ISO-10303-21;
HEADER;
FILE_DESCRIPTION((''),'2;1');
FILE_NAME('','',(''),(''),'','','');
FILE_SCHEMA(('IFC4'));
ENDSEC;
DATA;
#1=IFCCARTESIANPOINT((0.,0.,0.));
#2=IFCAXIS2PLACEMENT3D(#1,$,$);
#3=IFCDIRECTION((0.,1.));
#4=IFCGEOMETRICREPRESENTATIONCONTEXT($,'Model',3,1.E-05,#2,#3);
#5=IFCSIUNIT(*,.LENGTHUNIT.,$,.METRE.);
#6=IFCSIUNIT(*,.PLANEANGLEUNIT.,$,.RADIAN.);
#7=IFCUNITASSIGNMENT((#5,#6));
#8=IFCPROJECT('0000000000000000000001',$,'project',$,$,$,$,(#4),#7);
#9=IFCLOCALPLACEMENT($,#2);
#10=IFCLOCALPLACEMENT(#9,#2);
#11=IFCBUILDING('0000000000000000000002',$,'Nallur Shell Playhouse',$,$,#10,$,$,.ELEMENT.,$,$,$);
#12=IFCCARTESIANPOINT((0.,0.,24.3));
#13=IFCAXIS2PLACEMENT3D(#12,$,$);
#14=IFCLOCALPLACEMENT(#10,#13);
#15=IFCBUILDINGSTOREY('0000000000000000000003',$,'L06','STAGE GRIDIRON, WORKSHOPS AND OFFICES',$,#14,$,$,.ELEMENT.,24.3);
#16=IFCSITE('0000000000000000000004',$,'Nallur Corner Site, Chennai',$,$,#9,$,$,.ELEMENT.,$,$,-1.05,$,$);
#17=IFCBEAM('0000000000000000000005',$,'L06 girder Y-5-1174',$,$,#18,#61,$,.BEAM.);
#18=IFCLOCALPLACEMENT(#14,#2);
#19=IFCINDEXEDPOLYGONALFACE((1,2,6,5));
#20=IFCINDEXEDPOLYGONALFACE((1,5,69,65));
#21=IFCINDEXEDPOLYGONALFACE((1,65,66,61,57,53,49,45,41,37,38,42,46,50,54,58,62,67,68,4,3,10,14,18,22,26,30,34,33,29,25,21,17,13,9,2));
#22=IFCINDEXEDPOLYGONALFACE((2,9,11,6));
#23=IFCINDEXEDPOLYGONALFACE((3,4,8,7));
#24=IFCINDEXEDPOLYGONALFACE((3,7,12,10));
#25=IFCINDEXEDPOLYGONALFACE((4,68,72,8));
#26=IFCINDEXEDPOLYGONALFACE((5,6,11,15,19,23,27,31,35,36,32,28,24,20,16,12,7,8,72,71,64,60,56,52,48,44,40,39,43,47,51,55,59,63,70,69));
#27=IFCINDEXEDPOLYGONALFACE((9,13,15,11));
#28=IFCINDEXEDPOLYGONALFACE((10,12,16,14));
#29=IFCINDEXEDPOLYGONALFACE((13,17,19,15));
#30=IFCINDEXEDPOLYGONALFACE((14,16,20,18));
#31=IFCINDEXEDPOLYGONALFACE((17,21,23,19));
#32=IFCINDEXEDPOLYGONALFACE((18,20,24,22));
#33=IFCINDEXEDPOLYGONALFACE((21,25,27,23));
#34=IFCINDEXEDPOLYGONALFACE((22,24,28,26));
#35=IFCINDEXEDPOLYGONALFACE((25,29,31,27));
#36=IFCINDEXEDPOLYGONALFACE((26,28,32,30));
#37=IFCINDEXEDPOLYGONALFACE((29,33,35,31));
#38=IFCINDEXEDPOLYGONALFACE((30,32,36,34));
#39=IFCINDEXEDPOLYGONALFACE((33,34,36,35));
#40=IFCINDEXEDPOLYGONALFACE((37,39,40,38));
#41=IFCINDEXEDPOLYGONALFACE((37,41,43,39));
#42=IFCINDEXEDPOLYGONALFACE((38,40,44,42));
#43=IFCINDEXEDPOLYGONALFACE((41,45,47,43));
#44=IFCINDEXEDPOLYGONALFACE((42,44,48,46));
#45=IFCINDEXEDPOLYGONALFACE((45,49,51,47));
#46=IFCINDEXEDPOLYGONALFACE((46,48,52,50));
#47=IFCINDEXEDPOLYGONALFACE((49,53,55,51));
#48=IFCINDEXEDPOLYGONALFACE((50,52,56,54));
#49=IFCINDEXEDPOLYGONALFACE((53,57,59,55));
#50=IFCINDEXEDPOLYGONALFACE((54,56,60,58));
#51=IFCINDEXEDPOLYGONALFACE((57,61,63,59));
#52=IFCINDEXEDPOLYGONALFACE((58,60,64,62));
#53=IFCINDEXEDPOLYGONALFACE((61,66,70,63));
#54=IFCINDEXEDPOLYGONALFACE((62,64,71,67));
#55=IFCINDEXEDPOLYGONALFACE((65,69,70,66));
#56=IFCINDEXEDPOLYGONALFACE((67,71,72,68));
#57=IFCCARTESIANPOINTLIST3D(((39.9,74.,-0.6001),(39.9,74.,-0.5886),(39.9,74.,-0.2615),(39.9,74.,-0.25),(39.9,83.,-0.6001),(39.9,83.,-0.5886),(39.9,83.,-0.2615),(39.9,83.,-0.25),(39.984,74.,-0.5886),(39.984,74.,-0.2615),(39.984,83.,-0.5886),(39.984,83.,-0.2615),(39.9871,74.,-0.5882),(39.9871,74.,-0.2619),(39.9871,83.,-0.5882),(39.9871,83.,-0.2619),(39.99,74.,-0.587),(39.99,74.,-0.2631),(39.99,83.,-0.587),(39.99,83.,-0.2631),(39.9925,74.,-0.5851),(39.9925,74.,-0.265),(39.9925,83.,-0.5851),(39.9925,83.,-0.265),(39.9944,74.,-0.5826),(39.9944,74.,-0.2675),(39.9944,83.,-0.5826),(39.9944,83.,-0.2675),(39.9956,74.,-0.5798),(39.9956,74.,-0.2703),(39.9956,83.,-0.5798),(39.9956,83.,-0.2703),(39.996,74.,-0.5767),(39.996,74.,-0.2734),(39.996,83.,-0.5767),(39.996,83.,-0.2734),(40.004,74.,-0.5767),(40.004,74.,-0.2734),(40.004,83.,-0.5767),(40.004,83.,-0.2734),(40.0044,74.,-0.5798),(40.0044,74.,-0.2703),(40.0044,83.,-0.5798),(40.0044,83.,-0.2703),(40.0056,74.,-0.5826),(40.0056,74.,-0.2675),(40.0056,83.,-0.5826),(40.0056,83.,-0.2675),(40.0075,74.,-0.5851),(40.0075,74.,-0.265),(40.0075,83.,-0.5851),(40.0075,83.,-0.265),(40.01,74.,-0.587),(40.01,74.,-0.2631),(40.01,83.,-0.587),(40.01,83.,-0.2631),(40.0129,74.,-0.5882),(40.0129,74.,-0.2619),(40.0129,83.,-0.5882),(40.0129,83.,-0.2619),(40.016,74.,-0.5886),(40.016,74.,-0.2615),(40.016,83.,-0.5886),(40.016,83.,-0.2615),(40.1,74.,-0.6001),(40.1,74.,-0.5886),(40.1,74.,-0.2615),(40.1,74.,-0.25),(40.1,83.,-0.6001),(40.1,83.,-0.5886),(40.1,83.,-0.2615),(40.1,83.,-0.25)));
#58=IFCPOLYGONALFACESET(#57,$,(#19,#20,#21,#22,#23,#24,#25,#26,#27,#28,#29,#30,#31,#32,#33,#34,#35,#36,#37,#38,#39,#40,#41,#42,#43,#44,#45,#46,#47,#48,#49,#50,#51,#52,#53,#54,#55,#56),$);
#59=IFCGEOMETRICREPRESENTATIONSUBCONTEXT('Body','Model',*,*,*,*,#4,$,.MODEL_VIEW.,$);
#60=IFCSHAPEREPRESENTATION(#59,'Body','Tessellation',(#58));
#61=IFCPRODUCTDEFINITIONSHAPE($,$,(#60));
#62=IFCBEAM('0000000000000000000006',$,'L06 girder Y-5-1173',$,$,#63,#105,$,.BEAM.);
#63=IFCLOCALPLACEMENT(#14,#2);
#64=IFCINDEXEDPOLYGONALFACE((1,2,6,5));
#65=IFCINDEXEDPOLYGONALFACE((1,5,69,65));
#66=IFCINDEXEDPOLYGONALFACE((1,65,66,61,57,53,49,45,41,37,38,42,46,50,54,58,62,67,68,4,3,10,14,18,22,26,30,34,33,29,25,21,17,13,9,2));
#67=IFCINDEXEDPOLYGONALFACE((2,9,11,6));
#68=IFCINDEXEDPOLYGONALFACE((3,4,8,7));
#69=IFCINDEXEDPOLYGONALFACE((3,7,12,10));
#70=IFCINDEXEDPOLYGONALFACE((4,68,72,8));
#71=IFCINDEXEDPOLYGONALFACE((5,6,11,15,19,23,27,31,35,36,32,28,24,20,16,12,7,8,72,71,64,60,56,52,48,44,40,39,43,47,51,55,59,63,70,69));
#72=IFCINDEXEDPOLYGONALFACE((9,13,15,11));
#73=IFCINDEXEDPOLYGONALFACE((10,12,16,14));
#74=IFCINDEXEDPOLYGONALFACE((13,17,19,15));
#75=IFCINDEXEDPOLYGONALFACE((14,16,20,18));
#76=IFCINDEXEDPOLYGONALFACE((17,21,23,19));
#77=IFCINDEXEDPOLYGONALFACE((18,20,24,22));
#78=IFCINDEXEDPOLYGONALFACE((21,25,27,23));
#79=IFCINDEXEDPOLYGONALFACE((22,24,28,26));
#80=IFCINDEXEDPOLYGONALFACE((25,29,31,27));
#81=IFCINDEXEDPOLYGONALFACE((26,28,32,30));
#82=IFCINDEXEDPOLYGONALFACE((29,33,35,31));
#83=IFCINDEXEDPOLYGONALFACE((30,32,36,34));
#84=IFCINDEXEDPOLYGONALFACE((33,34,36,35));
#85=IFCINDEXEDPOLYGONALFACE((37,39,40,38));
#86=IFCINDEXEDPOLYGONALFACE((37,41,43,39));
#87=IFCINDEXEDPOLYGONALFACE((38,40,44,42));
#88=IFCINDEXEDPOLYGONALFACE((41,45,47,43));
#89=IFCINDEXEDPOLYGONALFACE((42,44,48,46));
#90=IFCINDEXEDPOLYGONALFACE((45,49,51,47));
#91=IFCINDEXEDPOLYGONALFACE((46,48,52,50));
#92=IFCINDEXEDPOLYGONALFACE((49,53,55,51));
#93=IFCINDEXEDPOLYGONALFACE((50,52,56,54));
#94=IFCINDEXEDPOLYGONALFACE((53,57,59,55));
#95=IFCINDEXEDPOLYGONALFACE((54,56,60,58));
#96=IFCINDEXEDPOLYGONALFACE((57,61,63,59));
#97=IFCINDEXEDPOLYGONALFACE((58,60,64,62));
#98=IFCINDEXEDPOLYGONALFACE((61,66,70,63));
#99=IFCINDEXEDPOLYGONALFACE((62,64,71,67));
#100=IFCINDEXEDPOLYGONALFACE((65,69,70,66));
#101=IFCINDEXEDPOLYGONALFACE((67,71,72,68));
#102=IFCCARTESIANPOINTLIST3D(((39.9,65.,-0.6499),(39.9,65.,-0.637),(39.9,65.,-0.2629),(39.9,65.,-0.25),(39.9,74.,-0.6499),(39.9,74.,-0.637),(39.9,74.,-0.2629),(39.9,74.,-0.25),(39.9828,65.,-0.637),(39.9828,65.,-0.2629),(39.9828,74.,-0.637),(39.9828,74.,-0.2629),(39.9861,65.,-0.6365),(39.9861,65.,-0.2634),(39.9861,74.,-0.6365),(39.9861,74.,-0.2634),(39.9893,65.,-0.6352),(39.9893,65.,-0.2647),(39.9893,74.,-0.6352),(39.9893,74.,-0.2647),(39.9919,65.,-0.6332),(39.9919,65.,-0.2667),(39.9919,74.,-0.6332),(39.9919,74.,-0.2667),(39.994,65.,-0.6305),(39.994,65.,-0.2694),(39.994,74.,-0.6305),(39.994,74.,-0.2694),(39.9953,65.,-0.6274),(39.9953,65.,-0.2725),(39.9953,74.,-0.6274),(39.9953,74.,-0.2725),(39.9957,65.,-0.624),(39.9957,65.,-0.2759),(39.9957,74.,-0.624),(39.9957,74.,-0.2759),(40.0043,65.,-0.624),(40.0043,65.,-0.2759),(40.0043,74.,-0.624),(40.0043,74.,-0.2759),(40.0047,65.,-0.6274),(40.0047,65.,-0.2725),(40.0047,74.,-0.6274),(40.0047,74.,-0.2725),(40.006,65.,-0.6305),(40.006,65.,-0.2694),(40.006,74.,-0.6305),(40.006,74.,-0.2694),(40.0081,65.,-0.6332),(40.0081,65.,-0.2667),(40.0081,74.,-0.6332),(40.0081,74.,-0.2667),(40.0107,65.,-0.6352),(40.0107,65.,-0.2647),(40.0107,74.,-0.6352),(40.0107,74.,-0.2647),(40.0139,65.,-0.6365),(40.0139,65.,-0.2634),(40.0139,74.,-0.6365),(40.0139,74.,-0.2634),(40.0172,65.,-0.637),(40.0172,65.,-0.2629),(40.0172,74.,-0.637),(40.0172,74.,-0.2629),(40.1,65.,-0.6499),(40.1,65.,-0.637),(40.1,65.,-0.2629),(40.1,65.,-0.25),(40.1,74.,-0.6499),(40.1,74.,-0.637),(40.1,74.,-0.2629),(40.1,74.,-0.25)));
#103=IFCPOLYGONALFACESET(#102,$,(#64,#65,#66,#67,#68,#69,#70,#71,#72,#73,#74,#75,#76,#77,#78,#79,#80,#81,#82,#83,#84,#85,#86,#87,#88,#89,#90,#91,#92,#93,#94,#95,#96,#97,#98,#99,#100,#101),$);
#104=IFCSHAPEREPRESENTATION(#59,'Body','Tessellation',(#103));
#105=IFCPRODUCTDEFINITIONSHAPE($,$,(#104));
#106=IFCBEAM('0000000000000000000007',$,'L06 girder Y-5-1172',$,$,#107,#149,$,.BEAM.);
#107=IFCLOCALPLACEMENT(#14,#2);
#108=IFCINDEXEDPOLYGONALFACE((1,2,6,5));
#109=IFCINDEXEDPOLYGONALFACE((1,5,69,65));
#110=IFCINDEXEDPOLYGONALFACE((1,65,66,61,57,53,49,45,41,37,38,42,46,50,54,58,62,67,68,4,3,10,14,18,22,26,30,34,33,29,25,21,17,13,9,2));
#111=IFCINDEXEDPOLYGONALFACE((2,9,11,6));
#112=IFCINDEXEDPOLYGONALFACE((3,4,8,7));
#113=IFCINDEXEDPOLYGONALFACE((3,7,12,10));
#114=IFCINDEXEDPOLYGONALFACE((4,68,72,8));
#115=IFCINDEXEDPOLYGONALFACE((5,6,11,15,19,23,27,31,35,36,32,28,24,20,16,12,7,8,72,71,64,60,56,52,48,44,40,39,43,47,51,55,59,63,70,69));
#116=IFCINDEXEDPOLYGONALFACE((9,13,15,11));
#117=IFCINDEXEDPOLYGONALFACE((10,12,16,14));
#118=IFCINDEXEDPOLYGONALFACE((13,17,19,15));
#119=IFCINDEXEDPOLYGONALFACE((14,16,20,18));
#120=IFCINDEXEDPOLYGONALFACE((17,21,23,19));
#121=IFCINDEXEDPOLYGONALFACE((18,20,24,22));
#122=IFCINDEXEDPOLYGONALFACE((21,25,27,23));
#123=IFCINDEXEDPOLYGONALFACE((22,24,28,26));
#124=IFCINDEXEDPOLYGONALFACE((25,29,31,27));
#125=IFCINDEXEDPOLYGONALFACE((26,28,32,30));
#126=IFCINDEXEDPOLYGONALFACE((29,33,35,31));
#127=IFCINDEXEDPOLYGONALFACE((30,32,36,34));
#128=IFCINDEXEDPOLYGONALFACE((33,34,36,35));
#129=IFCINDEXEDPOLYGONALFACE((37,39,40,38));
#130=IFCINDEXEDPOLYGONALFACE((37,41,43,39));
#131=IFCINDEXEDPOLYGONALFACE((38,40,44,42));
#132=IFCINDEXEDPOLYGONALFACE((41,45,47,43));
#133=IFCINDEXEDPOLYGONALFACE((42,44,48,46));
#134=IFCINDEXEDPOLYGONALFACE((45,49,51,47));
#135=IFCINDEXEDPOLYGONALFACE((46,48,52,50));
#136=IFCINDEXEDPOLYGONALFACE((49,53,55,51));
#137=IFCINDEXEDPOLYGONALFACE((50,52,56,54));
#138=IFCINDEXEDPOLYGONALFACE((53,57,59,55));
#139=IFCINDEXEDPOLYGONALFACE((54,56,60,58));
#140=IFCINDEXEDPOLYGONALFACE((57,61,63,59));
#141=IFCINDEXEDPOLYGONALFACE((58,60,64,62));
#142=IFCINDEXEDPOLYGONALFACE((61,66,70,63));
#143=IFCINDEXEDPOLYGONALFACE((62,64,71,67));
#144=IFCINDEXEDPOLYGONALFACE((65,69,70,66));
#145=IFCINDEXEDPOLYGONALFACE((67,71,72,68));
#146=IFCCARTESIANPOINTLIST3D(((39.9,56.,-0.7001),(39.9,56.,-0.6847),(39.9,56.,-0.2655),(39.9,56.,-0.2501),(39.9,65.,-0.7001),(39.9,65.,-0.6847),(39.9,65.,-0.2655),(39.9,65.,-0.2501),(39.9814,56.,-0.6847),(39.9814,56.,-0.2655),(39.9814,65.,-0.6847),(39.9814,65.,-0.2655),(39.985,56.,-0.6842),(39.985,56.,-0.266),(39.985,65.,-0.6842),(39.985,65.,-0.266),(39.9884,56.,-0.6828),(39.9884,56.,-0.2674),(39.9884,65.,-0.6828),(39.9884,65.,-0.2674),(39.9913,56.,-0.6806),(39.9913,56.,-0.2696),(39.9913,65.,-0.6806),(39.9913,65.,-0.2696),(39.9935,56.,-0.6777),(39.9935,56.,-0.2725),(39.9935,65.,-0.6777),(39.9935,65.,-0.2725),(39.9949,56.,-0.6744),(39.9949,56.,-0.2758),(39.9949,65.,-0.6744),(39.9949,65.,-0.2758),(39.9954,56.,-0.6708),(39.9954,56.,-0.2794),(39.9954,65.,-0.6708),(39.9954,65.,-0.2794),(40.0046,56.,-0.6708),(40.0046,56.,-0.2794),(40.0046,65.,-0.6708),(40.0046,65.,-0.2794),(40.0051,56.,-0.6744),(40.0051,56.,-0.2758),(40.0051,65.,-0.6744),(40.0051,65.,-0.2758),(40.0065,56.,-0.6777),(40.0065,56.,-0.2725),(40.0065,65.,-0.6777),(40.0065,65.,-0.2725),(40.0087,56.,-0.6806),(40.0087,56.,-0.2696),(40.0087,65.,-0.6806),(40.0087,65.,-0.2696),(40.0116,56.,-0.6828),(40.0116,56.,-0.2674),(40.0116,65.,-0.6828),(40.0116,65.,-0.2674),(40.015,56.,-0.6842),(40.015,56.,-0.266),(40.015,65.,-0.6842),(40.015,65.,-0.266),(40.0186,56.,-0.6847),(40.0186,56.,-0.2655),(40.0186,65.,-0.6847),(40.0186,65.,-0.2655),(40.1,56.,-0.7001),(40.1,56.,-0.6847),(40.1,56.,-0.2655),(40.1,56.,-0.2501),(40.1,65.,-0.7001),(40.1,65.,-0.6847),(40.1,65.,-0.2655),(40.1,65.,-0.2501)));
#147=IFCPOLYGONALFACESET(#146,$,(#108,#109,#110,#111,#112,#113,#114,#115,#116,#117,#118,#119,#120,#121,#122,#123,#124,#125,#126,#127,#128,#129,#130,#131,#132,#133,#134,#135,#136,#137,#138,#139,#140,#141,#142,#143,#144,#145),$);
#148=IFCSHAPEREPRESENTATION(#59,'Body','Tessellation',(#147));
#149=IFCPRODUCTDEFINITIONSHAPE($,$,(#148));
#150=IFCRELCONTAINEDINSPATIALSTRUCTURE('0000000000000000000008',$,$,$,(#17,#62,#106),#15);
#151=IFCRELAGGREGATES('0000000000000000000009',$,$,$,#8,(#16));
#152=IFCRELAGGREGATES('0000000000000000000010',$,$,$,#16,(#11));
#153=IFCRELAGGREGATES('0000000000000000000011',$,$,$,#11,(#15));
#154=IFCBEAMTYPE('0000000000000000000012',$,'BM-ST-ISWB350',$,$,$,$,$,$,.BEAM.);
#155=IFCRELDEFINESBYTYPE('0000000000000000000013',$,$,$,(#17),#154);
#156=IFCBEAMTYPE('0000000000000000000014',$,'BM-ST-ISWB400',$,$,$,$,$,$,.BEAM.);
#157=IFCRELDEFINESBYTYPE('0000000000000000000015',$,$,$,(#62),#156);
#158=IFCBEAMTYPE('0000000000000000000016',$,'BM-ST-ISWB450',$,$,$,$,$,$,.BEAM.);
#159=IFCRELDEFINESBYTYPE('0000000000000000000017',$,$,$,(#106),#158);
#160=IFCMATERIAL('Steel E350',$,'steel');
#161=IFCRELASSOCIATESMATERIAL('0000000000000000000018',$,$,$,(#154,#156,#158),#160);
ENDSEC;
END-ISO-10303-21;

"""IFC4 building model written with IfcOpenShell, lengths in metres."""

from ifc_helpers import new_model, si_unit, direction, frame, origin, origin_2d, place, context, subcontext, project, spatial, i_section, extrude, material, material_profile, profile_set, type_object, element, save


model = new_model("IFC4")

# Units and contexts
model_context = context("Model", 3, precision=1e-05, world=origin(), true_north=direction((0.0, 1.0)))
body_context = subcontext(model_context, "Body", "Model", "MODEL_VIEW")
ifc_project = project(units=[si_unit("LENGTHUNIT", "METRE"), si_unit("PLANEANGLEUNIT", "RADIAN")], contexts=[model_context])

# Site, building, storey
site_placement = place(None, origin())
site = spatial("IfcSite", under=ifc_project, at=site_placement, Name="Nallur Corner Site, Chennai", CompositionType="ELEMENT", RefElevation=-1.05)
building_placement = place(site_placement, origin())
building = spatial("IfcBuilding", under=site, at=building_placement, Name="Nallur Shell Playhouse", CompositionType="ELEMENT")
storey_placement = place(building_placement, frame((0.0, 0.0, 24.3)))
storey = spatial("IfcBuildingStorey", under=building, at=storey_placement, Name="L06", Description="STAGE GRIDIRON, WORKSHOPS AND OFFICES", CompositionType="ELEMENT", Elevation=24.3)

# Beams
ifc_material_1 = material(Name="Steel E350", Category="steel")
ifc_material_profile_1 = material_profile(ifc_material_1, i_section(OverallWidth=0.2, OverallDepth=0.3501, WebThickness=0.0081, FlangeThickness=0.0115, FilletRadius=0.012, at=origin_2d()), Name="ISWB 350")
ifc_profile_set_1 = profile_set([ifc_material_profile_1], Name="Steel E350")
beam_type_1 = type_object("IfcBeamType", Name="BM-ST-ISWB350", PredefinedType="BEAM", material=ifc_profile_set_1)
beam_1_placement = place(storey_placement, frame((40.0, 74.0, -0.425), z_axis=(0.0, 1.0, 0.0), x_axis=(-1.0, 0.0, 0.0)))
element("IfcBeam", 1, at=beam_1_placement, inside=storey, type_object=beam_type_1, Name="L06 girder Y-5-1174", PredefinedType="BEAM", context=body_context, shape_type="SweptSolid", body=[
    extrude(i_section(OverallWidth=0.2, OverallDepth=0.3501, WebThickness=0.0081, FlangeThickness=0.0115, FilletRadius=0.012, at=origin_2d()), origin(), (0.0, 0.0, 1.0), 9.0),
])
ifc_material_profile_2 = material_profile(ifc_material_1, i_section(OverallWidth=0.2, OverallDepth=0.3999, WebThickness=0.0085, FlangeThickness=0.0129, FilletRadius=0.0129, at=origin_2d()), Name="ISWB 400")
ifc_profile_set_2 = profile_set([ifc_material_profile_2], Name="Steel E350")
beam_type_2 = type_object("IfcBeamType", Name="BM-ST-ISWB400", PredefinedType="BEAM", material=ifc_profile_set_2)
beam_2_placement = place(storey_placement, frame((40.0, 65.0, -0.45), z_axis=(0.0, 1.0, 0.0), x_axis=(-1.0, 0.0, 0.0)))
element("IfcBeam", 2, at=beam_2_placement, inside=storey, type_object=beam_type_2, Name="L06 girder Y-5-1173", PredefinedType="BEAM", context=body_context, shape_type="SweptSolid", body=[
    extrude(i_section(OverallWidth=0.2, OverallDepth=0.3999, WebThickness=0.0085, FlangeThickness=0.0129, FilletRadius=0.0129, at=origin_2d()), origin(), (0.0, 0.0, 1.0), 9.0),
])
ifc_material_profile_3 = material_profile(ifc_material_1, i_section(OverallWidth=0.2, OverallDepth=0.45, WebThickness=0.0093, FlangeThickness=0.0154, FilletRadius=0.0139, at=origin_2d()), Name="ISWB 450")
ifc_profile_set_3 = profile_set([ifc_material_profile_3], Name="Steel E350")
beam_type_3 = type_object("IfcBeamType", Name="BM-ST-ISWB450", PredefinedType="BEAM", material=ifc_profile_set_3)
beam_3_placement = place(storey_placement, frame((40.0, 56.0, -0.4751), z_axis=(0.0, 1.0, 0.0), x_axis=(-1.0, 0.0, 0.0)))
element("IfcBeam", 3, at=beam_3_placement, inside=storey, type_object=beam_type_3, Name="L06 girder Y-5-1172", PredefinedType="BEAM", context=body_context, shape_type="SweptSolid", body=[
    extrude(i_section(OverallWidth=0.2, OverallDepth=0.45, WebThickness=0.0093, FlangeThickness=0.0154, FilletRadius=0.0139, at=origin_2d()), origin(), (0.0, 0.0, 1.0), 9.0),
])

save(model, "model.ifc")
